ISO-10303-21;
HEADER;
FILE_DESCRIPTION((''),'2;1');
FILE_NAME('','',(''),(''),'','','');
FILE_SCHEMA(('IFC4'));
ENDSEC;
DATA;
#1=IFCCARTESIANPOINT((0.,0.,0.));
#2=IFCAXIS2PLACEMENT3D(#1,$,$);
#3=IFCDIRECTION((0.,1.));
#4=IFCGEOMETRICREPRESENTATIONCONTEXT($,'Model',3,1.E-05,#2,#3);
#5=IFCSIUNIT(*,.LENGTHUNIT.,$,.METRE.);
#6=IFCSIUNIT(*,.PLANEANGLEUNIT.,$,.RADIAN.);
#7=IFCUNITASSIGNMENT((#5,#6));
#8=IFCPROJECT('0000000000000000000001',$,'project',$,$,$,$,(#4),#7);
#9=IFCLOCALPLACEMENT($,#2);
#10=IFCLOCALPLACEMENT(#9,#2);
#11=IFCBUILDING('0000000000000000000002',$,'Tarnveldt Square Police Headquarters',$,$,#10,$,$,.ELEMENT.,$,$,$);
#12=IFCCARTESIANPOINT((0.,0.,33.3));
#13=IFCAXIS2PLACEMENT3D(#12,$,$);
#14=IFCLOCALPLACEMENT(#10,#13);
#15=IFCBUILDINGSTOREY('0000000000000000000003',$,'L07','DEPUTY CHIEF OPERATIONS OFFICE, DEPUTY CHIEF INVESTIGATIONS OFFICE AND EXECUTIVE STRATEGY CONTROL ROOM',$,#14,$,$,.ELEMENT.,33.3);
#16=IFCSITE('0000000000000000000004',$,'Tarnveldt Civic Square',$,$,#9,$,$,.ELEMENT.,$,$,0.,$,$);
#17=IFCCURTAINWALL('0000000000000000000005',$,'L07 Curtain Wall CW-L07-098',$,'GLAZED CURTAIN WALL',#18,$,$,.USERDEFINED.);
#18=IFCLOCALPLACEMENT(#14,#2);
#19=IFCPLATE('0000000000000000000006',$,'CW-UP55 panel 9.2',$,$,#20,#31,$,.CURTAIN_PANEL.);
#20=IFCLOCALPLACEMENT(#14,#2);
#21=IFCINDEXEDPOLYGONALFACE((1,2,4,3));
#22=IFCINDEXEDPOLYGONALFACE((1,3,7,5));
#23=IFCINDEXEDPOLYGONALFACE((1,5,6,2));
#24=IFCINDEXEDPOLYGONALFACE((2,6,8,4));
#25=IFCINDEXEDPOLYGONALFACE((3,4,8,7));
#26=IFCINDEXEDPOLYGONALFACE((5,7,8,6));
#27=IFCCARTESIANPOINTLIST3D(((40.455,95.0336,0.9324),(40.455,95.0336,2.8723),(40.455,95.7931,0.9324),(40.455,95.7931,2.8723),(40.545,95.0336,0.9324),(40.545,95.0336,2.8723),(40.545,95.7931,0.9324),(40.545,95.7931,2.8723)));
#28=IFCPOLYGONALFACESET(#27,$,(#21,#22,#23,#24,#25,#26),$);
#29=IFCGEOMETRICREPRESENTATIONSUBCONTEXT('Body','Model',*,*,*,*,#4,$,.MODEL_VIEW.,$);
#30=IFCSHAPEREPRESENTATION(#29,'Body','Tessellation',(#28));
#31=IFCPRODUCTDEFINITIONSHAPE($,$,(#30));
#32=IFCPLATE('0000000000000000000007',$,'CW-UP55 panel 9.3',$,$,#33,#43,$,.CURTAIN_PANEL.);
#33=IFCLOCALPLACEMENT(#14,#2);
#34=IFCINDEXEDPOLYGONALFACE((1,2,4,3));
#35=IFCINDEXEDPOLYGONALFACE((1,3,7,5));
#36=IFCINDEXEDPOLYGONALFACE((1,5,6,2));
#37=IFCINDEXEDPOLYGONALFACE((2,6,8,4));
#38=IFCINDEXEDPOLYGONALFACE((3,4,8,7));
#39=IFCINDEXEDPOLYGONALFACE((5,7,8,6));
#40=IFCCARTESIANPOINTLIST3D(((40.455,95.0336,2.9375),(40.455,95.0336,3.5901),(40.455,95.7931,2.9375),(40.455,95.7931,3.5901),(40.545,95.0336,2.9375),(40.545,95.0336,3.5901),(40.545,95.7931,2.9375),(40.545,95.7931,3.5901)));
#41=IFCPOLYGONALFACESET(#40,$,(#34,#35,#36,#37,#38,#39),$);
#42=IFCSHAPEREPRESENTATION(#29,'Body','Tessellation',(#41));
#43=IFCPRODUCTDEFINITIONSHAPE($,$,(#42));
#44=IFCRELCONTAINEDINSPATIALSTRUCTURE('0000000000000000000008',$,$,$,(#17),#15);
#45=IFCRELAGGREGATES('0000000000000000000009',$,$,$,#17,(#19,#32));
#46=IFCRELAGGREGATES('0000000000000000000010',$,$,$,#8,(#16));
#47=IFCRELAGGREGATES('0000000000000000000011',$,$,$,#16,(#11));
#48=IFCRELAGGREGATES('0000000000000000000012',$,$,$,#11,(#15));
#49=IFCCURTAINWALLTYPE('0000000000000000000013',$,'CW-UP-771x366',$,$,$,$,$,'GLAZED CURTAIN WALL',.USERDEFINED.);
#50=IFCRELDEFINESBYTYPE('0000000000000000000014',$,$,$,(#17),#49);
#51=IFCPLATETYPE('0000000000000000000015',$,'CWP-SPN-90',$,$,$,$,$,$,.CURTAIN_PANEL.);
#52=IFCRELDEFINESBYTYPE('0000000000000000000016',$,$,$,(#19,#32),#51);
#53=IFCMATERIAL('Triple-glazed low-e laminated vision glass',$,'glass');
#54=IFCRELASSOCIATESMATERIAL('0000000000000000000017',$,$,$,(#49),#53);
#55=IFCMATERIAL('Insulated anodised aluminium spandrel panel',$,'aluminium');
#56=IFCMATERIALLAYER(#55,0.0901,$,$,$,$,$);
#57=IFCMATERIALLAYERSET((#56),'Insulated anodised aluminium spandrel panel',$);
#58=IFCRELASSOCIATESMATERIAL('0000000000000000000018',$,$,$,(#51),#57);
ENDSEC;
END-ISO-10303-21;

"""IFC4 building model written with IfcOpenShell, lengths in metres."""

from ifc_helpers import new_model, si_unit, direction, frame, origin, origin_2d, place, context, subcontext, project, spatial, rectangle, extrude, material, layer, layer_set, type_object, element, aggregate, save


model = new_model("IFC4")

# Units and contexts
model_context = context("Model", 3, precision=1e-05, world=origin(), true_north=direction((0.0, 1.0)))
body_context = subcontext(model_context, "Body", "Model", "MODEL_VIEW")
ifc_project = project(units=[si_unit("LENGTHUNIT", "METRE"), si_unit("PLANEANGLEUNIT", "RADIAN")], contexts=[model_context])

# Site, building, storey
site_placement = place(None, origin())
site = spatial("IfcSite", under=ifc_project, at=site_placement, Name="Tarnveldt Civic Square", CompositionType="ELEMENT", RefElevation=0.0)
building_placement = place(site_placement, origin())
building = spatial("IfcBuilding", under=site, at=building_placement, Name="Tarnveldt Square Police Headquarters", CompositionType="ELEMENT")
storey_placement = place(building_placement, frame((0.0, 0.0, 33.3)))
storey = spatial("IfcBuildingStorey", under=building, at=storey_placement, Name="L07", Description="DEPUTY CHIEF OPERATIONS OFFICE, DEPUTY CHIEF INVESTIGATIONS OFFICE AND EXECUTIVE STRATEGY CONTROL ROOM", CompositionType="ELEMENT", Elevation=33.3)

# Curtain wall, plates
ifc_material_1 = material(Name="Triple-glazed low-e laminated vision glass", Category="glass")
curtain_wall_type = type_object("IfcCurtainWallType", Name="CW-UP-771x366", ElementType="GLAZED CURTAIN WALL", PredefinedType="USERDEFINED", material=ifc_material_1)
curtain_wall_placement = place(storey_placement, origin())
curtain_wall = element("IfcCurtainWall", 1, at=curtain_wall_placement, inside=storey, type_object=curtain_wall_type, Name="L07 Curtain Wall CW-L07-098", ObjectType="GLAZED CURTAIN WALL", PredefinedType="USERDEFINED")
ifc_material_2 = material(Name="Insulated anodised aluminium spandrel panel", Category="aluminium")
ifc_layer = layer(ifc_material_2, 0.0901)
ifc_layer_set = layer_set([ifc_layer], Name="Insulated anodised aluminium spandrel panel")
plate_type = type_object("IfcPlateType", Name="CWP-SPN-90", PredefinedType="CURTAIN_PANEL", material=ifc_layer_set)
plate_1_placement = place(storey_placement, frame((40.5, 95.4133, 0.9324), z_axis=(0.0, 0.0, 1.0), x_axis=(0.0, 1.0, 0.0)))
plate_1 = element("IfcPlate", 2, at=plate_1_placement, type_object=plate_type, Name="CW-UP55 panel 9.2", PredefinedType="CURTAIN_PANEL", context=body_context, shape_type="SweptSolid", body=[
    extrude(rectangle(XDim=0.7595, YDim=0.0901, at=origin_2d()), origin(), (0.0, 0.0, 1.0), 1.9399),
])
plate_2_placement = place(storey_placement, frame((40.5, 95.4133, 2.9375), z_axis=(0.0, 0.0, 1.0), x_axis=(0.0, 1.0, 0.0)))
plate_2 = element("IfcPlate", 3, at=plate_2_placement, type_object=plate_type, Name="CW-UP55 panel 9.3", PredefinedType="CURTAIN_PANEL", context=body_context, shape_type="SweptSolid", body=[
    extrude(rectangle(XDim=0.7595, YDim=0.0901, at=origin_2d()), origin(), (0.0, 0.0, 1.0), 0.6526),
])
aggregate(curtain_wall, [plate_1, plate_2])

save(model, "model.ifc")
